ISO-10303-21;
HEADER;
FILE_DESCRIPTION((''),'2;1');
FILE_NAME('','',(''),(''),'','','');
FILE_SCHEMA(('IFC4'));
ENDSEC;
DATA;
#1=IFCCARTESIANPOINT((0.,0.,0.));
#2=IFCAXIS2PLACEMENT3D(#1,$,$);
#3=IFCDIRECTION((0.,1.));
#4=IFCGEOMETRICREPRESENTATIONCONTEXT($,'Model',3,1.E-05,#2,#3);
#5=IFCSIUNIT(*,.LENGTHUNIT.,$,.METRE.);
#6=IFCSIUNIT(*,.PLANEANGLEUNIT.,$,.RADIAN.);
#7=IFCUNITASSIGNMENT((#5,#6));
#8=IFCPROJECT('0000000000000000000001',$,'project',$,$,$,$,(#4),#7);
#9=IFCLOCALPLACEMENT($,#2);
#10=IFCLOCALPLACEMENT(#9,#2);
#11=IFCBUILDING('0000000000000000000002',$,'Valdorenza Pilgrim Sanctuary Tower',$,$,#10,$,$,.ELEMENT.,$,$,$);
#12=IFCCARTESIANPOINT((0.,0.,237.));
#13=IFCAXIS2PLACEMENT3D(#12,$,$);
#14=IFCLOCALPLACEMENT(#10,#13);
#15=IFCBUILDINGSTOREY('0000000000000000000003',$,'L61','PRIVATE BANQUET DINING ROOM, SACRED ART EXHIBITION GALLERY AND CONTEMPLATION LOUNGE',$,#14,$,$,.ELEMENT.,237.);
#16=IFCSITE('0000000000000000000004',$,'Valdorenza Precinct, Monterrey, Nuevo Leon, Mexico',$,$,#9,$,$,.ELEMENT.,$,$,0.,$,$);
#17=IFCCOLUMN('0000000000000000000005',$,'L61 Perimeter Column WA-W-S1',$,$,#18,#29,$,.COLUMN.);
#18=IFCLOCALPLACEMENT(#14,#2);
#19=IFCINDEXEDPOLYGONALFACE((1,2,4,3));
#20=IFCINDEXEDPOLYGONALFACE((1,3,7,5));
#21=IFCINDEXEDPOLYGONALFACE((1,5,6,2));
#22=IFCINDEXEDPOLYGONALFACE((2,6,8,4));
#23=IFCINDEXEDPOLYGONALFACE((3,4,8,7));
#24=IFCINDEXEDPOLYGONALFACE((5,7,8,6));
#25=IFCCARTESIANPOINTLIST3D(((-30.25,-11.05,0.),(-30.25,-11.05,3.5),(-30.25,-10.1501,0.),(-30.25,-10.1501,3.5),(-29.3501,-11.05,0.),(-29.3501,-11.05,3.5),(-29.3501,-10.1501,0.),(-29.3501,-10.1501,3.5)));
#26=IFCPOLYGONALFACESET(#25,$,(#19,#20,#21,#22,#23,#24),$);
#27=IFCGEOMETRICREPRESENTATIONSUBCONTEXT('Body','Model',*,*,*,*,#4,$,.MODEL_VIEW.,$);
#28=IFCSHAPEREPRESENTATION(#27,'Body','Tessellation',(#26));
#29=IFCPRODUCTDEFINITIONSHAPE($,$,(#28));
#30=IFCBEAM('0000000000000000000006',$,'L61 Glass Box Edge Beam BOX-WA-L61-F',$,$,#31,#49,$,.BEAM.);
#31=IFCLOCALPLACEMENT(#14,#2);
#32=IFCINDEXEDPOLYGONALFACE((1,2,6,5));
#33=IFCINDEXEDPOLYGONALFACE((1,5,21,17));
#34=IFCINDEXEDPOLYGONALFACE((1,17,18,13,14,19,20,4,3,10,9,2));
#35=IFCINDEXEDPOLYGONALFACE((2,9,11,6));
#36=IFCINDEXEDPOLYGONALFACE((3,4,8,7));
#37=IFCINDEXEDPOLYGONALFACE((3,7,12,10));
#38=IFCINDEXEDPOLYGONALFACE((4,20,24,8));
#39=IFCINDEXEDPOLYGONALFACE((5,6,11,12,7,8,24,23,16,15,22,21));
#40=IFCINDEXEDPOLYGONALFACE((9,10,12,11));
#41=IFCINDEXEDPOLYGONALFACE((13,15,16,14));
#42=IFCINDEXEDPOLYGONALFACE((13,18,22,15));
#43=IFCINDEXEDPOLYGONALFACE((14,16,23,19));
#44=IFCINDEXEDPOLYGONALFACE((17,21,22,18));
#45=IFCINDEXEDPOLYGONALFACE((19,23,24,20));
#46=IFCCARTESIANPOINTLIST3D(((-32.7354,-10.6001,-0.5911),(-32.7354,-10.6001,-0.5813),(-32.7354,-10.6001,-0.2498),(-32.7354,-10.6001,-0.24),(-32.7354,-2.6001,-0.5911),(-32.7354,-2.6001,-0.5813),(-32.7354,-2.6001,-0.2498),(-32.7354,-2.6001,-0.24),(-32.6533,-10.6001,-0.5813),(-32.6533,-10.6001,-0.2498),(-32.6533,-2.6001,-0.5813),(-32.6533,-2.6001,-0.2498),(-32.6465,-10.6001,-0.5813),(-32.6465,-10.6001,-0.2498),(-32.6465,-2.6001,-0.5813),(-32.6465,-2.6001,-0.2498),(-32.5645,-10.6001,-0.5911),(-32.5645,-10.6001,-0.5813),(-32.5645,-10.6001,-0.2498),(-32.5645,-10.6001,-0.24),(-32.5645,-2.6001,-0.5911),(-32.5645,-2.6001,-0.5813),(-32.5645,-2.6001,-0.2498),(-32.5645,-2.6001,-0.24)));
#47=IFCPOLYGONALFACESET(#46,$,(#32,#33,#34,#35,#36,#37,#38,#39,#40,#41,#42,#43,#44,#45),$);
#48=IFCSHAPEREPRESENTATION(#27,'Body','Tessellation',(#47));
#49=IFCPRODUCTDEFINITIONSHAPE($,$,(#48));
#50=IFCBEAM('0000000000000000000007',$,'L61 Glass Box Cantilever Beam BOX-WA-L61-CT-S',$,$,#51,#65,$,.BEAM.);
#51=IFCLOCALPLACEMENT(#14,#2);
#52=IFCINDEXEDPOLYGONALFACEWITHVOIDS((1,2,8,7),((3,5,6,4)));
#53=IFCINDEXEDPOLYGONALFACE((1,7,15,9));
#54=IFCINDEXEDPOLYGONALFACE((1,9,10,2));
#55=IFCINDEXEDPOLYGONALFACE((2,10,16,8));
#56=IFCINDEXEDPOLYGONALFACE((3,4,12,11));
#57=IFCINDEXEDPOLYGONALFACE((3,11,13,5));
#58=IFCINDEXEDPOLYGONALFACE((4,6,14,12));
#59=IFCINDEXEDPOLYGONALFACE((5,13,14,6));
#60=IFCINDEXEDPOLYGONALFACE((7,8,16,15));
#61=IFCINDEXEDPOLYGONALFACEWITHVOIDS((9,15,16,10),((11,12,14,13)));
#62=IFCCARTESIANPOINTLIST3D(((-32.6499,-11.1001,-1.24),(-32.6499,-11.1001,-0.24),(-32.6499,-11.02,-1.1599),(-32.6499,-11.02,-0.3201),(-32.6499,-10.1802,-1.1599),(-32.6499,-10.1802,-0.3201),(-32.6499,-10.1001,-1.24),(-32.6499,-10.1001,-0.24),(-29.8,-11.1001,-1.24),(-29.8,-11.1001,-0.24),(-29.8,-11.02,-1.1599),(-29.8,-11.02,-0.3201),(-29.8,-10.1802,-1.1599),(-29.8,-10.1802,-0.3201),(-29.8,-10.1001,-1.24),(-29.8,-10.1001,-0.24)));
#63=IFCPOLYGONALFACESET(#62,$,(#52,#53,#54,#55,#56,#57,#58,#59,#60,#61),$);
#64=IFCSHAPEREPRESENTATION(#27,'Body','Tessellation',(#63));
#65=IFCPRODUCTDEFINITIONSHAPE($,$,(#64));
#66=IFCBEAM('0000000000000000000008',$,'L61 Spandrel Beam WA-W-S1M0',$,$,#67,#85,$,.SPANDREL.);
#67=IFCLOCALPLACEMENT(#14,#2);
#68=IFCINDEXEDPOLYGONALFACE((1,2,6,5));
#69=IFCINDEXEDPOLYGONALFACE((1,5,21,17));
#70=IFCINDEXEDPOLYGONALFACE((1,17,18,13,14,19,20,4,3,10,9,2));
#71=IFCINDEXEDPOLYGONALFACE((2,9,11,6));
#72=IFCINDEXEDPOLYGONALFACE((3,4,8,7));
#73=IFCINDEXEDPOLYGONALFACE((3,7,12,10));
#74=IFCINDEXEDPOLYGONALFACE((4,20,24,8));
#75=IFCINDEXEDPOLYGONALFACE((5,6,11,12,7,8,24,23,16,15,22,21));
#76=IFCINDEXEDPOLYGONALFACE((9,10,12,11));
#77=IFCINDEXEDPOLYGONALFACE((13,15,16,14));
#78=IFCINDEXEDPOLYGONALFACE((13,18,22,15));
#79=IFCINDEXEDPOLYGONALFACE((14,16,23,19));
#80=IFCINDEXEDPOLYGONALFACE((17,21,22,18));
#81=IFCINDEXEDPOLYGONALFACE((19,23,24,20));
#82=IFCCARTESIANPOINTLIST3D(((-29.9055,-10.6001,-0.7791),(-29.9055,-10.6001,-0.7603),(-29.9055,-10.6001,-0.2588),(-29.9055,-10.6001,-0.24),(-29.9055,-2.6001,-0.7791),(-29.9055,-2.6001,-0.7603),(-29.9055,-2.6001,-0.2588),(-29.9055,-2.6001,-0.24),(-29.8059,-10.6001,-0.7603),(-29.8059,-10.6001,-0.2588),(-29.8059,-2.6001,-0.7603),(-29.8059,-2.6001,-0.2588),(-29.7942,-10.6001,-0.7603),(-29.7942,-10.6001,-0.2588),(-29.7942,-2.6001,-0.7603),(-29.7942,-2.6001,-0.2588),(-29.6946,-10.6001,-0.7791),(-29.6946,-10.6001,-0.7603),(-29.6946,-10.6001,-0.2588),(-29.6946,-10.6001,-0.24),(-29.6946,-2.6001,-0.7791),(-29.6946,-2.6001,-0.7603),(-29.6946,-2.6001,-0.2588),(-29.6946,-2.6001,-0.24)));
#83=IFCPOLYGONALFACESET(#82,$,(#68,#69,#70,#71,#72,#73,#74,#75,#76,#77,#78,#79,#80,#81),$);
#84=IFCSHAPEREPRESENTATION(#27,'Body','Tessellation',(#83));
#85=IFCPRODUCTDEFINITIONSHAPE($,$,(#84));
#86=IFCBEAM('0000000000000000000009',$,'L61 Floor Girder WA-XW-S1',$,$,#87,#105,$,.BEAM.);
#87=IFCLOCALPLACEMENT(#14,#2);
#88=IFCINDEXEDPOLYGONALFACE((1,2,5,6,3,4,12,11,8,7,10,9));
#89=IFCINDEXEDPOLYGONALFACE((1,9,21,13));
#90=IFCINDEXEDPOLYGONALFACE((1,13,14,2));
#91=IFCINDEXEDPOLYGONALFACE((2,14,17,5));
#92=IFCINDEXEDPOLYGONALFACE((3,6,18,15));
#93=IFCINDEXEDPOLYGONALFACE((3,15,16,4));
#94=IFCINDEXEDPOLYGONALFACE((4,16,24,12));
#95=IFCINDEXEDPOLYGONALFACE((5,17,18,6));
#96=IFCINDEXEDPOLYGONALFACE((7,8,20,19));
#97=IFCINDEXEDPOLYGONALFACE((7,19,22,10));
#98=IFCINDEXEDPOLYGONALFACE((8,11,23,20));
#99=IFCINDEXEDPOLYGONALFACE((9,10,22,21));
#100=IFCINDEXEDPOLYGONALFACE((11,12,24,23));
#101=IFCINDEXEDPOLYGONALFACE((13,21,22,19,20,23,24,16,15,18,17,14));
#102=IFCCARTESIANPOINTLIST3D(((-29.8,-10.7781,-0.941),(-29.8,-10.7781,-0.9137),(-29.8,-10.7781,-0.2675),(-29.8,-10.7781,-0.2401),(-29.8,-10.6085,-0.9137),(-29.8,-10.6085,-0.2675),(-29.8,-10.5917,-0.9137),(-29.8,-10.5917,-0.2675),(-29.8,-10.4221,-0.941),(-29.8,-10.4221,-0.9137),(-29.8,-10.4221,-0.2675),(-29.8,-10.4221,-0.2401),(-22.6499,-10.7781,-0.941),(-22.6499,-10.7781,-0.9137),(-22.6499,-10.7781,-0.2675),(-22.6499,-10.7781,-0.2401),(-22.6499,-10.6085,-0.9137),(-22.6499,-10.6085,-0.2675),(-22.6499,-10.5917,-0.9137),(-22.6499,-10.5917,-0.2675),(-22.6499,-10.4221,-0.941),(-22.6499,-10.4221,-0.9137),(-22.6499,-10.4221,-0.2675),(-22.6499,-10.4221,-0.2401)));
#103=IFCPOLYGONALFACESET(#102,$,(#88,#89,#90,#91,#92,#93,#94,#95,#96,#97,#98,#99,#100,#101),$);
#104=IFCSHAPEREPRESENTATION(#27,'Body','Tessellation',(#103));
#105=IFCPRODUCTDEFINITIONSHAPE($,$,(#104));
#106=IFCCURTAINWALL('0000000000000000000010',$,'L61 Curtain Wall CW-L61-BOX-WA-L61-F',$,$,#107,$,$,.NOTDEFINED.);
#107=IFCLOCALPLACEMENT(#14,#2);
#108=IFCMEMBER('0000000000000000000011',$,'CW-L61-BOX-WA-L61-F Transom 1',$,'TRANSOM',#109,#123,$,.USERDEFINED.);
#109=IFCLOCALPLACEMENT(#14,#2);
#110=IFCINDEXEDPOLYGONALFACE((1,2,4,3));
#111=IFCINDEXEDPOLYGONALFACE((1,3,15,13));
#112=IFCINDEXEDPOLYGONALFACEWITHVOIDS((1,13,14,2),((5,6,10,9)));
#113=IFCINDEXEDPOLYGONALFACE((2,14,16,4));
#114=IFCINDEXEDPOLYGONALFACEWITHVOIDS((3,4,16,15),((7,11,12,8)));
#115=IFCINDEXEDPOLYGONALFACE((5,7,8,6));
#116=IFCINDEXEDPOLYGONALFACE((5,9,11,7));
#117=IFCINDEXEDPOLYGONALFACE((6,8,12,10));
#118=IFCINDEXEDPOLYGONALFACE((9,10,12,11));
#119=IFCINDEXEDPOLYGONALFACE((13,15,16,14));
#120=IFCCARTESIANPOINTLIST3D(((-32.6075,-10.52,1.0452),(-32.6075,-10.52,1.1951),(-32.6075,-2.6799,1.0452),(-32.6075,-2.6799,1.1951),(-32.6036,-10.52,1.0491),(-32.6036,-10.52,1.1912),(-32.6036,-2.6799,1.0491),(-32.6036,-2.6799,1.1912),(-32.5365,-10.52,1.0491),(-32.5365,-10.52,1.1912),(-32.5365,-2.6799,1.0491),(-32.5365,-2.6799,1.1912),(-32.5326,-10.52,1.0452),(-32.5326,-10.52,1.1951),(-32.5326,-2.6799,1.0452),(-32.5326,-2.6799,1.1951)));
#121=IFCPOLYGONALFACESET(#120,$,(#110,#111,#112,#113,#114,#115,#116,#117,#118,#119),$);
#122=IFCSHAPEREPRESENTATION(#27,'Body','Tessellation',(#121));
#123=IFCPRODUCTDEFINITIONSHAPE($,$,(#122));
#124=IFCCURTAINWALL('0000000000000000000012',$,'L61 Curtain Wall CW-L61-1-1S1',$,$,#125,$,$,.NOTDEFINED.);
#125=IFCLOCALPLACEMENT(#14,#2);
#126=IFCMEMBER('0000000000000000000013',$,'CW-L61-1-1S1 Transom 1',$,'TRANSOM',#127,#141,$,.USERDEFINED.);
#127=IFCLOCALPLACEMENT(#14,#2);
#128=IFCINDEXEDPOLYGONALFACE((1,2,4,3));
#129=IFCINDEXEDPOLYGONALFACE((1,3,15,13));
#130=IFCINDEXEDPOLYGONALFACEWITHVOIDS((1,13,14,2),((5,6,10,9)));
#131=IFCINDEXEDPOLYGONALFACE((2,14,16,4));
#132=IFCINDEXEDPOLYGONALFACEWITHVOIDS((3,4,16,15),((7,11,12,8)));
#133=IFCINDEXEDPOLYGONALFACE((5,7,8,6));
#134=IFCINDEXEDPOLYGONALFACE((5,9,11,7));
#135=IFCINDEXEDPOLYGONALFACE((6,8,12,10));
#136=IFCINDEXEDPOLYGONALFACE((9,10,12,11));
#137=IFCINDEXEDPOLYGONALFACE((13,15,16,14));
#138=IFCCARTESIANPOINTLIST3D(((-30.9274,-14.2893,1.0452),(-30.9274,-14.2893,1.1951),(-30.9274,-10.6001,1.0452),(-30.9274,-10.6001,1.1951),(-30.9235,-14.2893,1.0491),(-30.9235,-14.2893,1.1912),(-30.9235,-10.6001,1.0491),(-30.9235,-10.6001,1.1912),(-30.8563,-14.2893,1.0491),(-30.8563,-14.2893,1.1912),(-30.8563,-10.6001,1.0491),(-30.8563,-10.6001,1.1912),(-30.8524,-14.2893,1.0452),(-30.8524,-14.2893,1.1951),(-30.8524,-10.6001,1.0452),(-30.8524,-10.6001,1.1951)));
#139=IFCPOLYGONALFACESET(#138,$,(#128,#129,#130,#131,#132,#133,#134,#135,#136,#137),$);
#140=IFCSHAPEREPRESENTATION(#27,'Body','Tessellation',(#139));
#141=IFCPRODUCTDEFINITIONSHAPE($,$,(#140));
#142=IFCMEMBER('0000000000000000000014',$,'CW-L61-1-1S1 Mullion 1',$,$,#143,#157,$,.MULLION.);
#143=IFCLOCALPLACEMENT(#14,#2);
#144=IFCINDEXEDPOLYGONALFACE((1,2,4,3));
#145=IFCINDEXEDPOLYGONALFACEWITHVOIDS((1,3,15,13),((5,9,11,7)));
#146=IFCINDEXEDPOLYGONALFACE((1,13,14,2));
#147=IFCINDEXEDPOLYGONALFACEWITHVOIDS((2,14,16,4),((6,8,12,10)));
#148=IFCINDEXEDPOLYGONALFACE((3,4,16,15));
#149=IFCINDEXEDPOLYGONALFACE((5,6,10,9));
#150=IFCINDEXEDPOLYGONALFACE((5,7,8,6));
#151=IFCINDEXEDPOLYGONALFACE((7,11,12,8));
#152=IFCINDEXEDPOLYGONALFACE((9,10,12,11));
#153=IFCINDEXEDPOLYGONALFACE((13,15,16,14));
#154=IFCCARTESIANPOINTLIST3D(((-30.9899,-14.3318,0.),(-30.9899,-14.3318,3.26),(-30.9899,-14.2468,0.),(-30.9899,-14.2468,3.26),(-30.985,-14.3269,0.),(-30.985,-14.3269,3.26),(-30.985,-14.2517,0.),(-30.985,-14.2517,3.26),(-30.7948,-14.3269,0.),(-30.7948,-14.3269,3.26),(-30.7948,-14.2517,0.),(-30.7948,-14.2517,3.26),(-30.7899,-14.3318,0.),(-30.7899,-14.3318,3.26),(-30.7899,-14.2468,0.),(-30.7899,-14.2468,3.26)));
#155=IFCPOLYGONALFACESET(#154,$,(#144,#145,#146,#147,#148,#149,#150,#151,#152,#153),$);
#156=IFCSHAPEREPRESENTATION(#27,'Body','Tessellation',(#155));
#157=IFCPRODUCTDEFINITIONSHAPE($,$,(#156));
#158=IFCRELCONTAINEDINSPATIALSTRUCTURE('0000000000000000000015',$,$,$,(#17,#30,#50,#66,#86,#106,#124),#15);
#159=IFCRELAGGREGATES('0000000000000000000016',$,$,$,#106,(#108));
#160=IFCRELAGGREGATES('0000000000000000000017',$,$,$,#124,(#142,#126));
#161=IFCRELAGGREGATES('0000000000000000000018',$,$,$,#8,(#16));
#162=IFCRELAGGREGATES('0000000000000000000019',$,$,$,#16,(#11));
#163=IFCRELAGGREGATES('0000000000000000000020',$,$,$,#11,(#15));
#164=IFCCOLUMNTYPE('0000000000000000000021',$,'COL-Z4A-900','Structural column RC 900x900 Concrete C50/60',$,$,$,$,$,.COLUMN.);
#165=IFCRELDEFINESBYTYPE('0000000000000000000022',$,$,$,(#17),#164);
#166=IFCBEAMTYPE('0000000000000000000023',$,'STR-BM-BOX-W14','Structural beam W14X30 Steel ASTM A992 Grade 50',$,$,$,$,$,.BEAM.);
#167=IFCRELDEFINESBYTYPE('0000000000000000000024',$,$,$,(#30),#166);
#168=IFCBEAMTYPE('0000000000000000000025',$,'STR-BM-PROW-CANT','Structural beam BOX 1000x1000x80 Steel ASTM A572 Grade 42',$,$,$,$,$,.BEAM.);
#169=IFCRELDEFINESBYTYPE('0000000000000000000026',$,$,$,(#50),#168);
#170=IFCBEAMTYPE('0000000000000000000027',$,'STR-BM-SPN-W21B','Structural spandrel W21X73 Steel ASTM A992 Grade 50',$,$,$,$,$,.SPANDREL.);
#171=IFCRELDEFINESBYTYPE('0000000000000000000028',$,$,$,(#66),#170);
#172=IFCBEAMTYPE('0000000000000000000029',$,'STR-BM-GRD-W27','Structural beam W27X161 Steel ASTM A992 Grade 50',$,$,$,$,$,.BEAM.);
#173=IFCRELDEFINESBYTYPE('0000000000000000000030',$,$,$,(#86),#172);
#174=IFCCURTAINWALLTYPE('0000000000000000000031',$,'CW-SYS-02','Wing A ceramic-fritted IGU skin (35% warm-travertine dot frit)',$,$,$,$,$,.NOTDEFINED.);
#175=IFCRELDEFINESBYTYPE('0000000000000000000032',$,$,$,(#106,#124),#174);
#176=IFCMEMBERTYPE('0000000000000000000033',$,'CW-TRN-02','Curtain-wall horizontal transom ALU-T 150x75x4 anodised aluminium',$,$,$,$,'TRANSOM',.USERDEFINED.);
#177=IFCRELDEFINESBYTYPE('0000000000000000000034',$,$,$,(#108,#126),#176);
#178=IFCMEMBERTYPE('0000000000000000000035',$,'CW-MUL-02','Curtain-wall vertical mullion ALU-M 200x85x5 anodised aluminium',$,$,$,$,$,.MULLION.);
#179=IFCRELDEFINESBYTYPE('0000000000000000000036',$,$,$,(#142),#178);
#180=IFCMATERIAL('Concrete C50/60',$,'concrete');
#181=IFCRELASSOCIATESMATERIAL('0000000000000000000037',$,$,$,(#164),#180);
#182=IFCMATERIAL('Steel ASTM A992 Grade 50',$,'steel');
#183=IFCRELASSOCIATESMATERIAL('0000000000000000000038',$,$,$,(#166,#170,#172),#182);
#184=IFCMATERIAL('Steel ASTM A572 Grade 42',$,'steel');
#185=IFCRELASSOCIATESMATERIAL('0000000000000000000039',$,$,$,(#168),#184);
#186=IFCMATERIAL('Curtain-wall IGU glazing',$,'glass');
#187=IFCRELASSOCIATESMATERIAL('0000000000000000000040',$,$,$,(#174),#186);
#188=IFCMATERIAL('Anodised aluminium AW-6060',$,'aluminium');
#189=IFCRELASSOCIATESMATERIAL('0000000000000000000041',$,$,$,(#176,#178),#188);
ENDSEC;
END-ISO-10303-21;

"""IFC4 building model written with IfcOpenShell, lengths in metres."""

from ifc_helpers import new_model, si_unit, direction, frame, origin, origin_2d, place, context, subcontext, project, spatial, rectangle, hollow_rectangle, i_section, extrude, source, transform, mapped, material, material_profile, profile_set, type_object, element, aggregate, save


model = new_model("IFC4")

# Units and contexts
model_context = context("Model", 3, precision=1e-05, world=origin(), true_north=direction((0.0, 1.0)))
body_context = subcontext(model_context, "Body", "Model", "MODEL_VIEW")
ifc_project = project(units=[si_unit("LENGTHUNIT", "METRE"), si_unit("PLANEANGLEUNIT", "RADIAN")], contexts=[model_context])

# Site, building, storey
site_placement = place(None, origin())
site = spatial("IfcSite", under=ifc_project, at=site_placement, Name="Valdorenza Precinct, Monterrey, Nuevo Leon, Mexico", CompositionType="ELEMENT", RefElevation=0.0)
building_placement = place(site_placement, origin())
building = spatial("IfcBuilding", under=site, at=building_placement, Name="Valdorenza Pilgrim Sanctuary Tower", CompositionType="ELEMENT")
storey_placement = place(building_placement, frame((0.0, 0.0, 237.0)))
storey = spatial("IfcBuildingStorey", under=building, at=storey_placement, Name="L61", Description="PRIVATE BANQUET DINING ROOM, SACRED ART EXHIBITION GALLERY AND CONTEMPLATION LOUNGE", CompositionType="ELEMENT", Elevation=237.0)

# Column
ifc_material_1 = material(Name="Concrete C50/60", Category="concrete")
ifc_material_profile_1 = material_profile(ifc_material_1, rectangle(XDim=0.8999, YDim=0.8999, at=origin_2d()), Name="RC 900x900")
ifc_profile_set_1 = profile_set([ifc_material_profile_1], Name="Concrete C50/60")
column_type = type_object("IfcColumnType", Name="COL-Z4A-900", Description="Structural column RC 900x900 Concrete C50/60", PredefinedType="COLUMN", material=ifc_profile_set_1)
shared_shape_1 = source(origin(), body_context, "Body", "SweptSolid", [
    extrude(rectangle(XDim=0.8999, YDim=0.8999, at=origin_2d()), origin(), (0.0, 0.0, 1.0), 3.5),
])
column_placement = place(storey_placement, frame((-29.8, -10.6001, 0.0), z_axis=(0.0, 0.0, 1.0), x_axis=(1.0, 0.0, 0.0)))
element("IfcColumn", 1, at=column_placement, inside=storey, type_object=column_type, Name="L61 Perimeter Column WA-W-S1", PredefinedType="COLUMN", context=body_context, shape_type="MappedRepresentation", body=[
    mapped(shared_shape_1, transform((0.0, 0.0, 0.0), x_axis=(1.0, 0.0, 0.0), y_axis=(0.0, 1.0, 0.0), z_axis=(0.0, 0.0, 1.0), scale=1.0)),
])

# Beams
ifc_material_2 = material(Name="Steel ASTM A992 Grade 50", Category="steel")
ifc_material_profile_2 = material_profile(ifc_material_2, i_section(OverallWidth=0.1709, OverallDepth=0.3511, WebThickness=0.0068, FlangeThickness=0.0098, at=origin_2d()), Name="W14X30")
ifc_profile_set_2 = profile_set([ifc_material_profile_2], Name="Steel ASTM A992 Grade 50")
beam_type_1 = type_object("IfcBeamType", Name="STR-BM-BOX-W14", Description="Structural beam W14X30 Steel ASTM A992 Grade 50", PredefinedType="BEAM", material=ifc_profile_set_2)
shared_shape_2 = source(origin(), body_context, "Body", "SweptSolid", [
    extrude(i_section(OverallWidth=0.1709, OverallDepth=0.3511, WebThickness=0.0068, FlangeThickness=0.0098, at=origin_2d()), origin(), (0.0, 0.0, 1.0), 8.0),
])
beam_1_placement = place(storey_placement, frame((-32.6499, -10.6001, -0.4155), z_axis=(0.0, 1.0, 0.0), x_axis=(-1.0, 0.0, 0.0)))
element("IfcBeam", 2, at=beam_1_placement, inside=storey, type_object=beam_type_1, Name="L61 Glass Box Edge Beam BOX-WA-L61-F", PredefinedType="BEAM", context=body_context, shape_type="MappedRepresentation", body=[
    mapped(shared_shape_2, transform((0.0, 0.0, 0.0), x_axis=(1.0, 0.0, 0.0), y_axis=(0.0, 1.0, 0.0), z_axis=(0.0, 0.0, 1.0), scale=1.0)),
])
ifc_material_3 = material(Name="Steel ASTM A572 Grade 42", Category="steel")
ifc_material_profile_3 = material_profile(ifc_material_3, hollow_rectangle(XDim=1.0, YDim=1.0, WallThickness=0.0801, at=origin_2d()), Name="BOX 1000x1000x80")
ifc_profile_set_3 = profile_set([ifc_material_profile_3], Name="Steel ASTM A572 Grade 42")
beam_type_2 = type_object("IfcBeamType", Name="STR-BM-PROW-CANT", Description="Structural beam BOX 1000x1000x80 Steel ASTM A572 Grade 42", PredefinedType="BEAM", material=ifc_profile_set_3)
shared_shape_3 = source(origin(), body_context, "Body", "SweptSolid", [
    extrude(hollow_rectangle(XDim=1.0, YDim=1.0, WallThickness=0.0801, at=origin_2d()), origin(), (0.0, 0.0, 1.0), 2.8499),
])
beam_2_placement = place(storey_placement, frame((-29.8, -10.6001, -0.74), z_axis=(-1.0, 0.0, 0.0), x_axis=(0.0, -1.0, 0.0)))
element("IfcBeam", 3, at=beam_2_placement, inside=storey, type_object=beam_type_2, Name="L61 Glass Box Cantilever Beam BOX-WA-L61-CT-S", PredefinedType="BEAM", context=body_context, shape_type="MappedRepresentation", body=[
    mapped(shared_shape_3, transform((0.0, 0.0, 0.0), x_axis=(1.0, 0.0, 0.0), y_axis=(0.0, 1.0, 0.0), z_axis=(0.0, 0.0, 1.0), scale=1.0)),
])
ifc_material_profile_4 = material_profile(ifc_material_2, i_section(OverallWidth=0.2109, OverallDepth=0.5391, WebThickness=0.0117, FlangeThickness=0.0188, at=origin_2d()), Name="W21X73")
ifc_profile_set_4 = profile_set([ifc_material_profile_4], Name="Steel ASTM A992 Grade 50")
beam_type_3 = type_object("IfcBeamType", Name="STR-BM-SPN-W21B", Description="Structural spandrel W21X73 Steel ASTM A992 Grade 50", PredefinedType="SPANDREL", material=ifc_profile_set_4)
shared_shape_4 = source(origin(), body_context, "Body", "SweptSolid", [
    extrude(i_section(OverallWidth=0.2109, OverallDepth=0.5391, WebThickness=0.0117, FlangeThickness=0.0188, at=origin_2d()), origin(), (0.0, 0.0, 1.0), 8.0),
])
beam_3_placement = place(storey_placement, frame((-29.8, -10.6001, -0.5095), z_axis=(0.0, 1.0, 0.0), x_axis=(-1.0, 0.0, 0.0)))
element("IfcBeam", 4, at=beam_3_placement, inside=storey, type_object=beam_type_3, Name="L61 Spandrel Beam WA-W-S1M0", PredefinedType="SPANDREL", context=body_context, shape_type="MappedRepresentation", body=[
    mapped(shared_shape_4, transform((0.0, 0.0, 0.0), x_axis=(1.0, 0.0, 0.0), y_axis=(0.0, 1.0, 0.0), z_axis=(0.0, 0.0, 1.0), scale=1.0)),
])
ifc_material_profile_5 = material_profile(ifc_material_2, i_section(OverallWidth=0.356, OverallDepth=0.7009, WebThickness=0.0168, FlangeThickness=0.0273, at=origin_2d()), Name="W27X161")
ifc_profile_set_5 = profile_set([ifc_material_profile_5], Name="Steel ASTM A992 Grade 50")
beam_type_4 = type_object("IfcBeamType", Name="STR-BM-GRD-W27", Description="Structural beam W27X161 Steel ASTM A992 Grade 50", PredefinedType="BEAM", material=ifc_profile_set_5)
shared_shape_5 = source(origin(), body_context, "Body", "SweptSolid", [
    extrude(i_section(OverallWidth=0.356, OverallDepth=0.7009, WebThickness=0.0168, FlangeThickness=0.0273, at=origin_2d()), origin(), (0.0, 0.0, 1.0), 7.1501),
])
beam_4_placement = place(storey_placement, frame((-29.8, -10.6001, -0.5906), z_axis=(1.0, 0.0, 0.0), x_axis=(0.0, 1.0, 0.0)))
element("IfcBeam", 5, at=beam_4_placement, inside=storey, type_object=beam_type_4, Name="L61 Floor Girder WA-XW-S1", PredefinedType="BEAM", context=body_context, shape_type="MappedRepresentation", body=[
    mapped(shared_shape_5, transform((0.0, 0.0, 0.0), x_axis=(1.0, 0.0, 0.0), y_axis=(0.0, 1.0, 0.0), z_axis=(0.0, 0.0, 1.0), scale=1.0)),
])

# Curtain wall, member
ifc_material_4 = material(Name="Curtain-wall IGU glazing", Category="glass")
curtain_wall_type = type_object("IfcCurtainWallType", Name="CW-SYS-02", Description="Wing A ceramic-fritted IGU skin (35% warm-travertine dot frit)", PredefinedType="NOTDEFINED", material=ifc_material_4)
curtain_wall_1_placement = place(storey_placement, origin())
curtain_wall_1 = element("IfcCurtainWall", 6, at=curtain_wall_1_placement, inside=storey, type_object=curtain_wall_type, Name="L61 Curtain Wall CW-L61-BOX-WA-L61-F", PredefinedType="NOTDEFINED")
ifc_material_5 = material(Name="Anodised aluminium AW-6060", Category="aluminium")
ifc_material_profile_6 = material_profile(ifc_material_5, hollow_rectangle(XDim=0.075, YDim=0.1499, WallThickness=0.0039, at=origin_2d()), Name="ALU-T 150x75x4")
ifc_profile_set_6 = profile_set([ifc_material_profile_6], Name="Anodised aluminium AW-6060")
member_type_1 = type_object("IfcMemberType", Name="CW-TRN-02", Description="Curtain-wall horizontal transom ALU-T 150x75x4 anodised aluminium", ElementType="TRANSOM", PredefinedType="USERDEFINED", material=ifc_profile_set_6)
shared_shape_6 = source(origin(), body_context, "Body", "SweptSolid", [
    extrude(hollow_rectangle(XDim=0.075, YDim=0.1499, WallThickness=0.0039, at=origin_2d()), origin(), (0.0, 0.0, 1.0), 7.8401),
])
member_1_placement = place(storey_placement, frame((-32.5701, -10.52, 1.1201), z_axis=(0.0, 1.0, 0.0), x_axis=(-1.0, 0.0, 0.0)))
member_1 = element("IfcMember", 7, at=member_1_placement, type_object=member_type_1, Name="CW-L61-BOX-WA-L61-F Transom 1", ObjectType="TRANSOM", PredefinedType="USERDEFINED", context=body_context, shape_type="MappedRepresentation", body=[
    mapped(shared_shape_6, transform((0.0, 0.0, 0.0), x_axis=(1.0, 0.0, 0.0), y_axis=(0.0, 1.0, 0.0), z_axis=(0.0, 0.0, 1.0), scale=1.0)),
])
aggregate(curtain_wall_1, [member_1])

# Curtain wall, members
curtain_wall_2_placement = place(storey_placement, origin())
curtain_wall_2 = element("IfcCurtainWall", 8, at=curtain_wall_2_placement, inside=storey, type_object=curtain_wall_type, Name="L61 Curtain Wall CW-L61-1-1S1", PredefinedType="NOTDEFINED")
shared_shape_7 = source(origin(), body_context, "Body", "SweptSolid", [
    extrude(hollow_rectangle(XDim=0.075, YDim=0.1499, WallThickness=0.0039, at=origin_2d()), origin(), (0.0, 0.0, 1.0), 3.6892),
])
member_2_placement = place(storey_placement, frame((-30.8899, -14.2893, 1.1201), z_axis=(0.0, 1.0, 0.0), x_axis=(-1.0, 0.0, 0.0)))
member_2 = element("IfcMember", 9, at=member_2_placement, type_object=member_type_1, Name="CW-L61-1-1S1 Transom 1", ObjectType="TRANSOM", PredefinedType="USERDEFINED", context=body_context, shape_type="MappedRepresentation", body=[
    mapped(shared_shape_7, transform((0.0, 0.0, 0.0), x_axis=(1.0, 0.0, 0.0), y_axis=(0.0, 1.0, 0.0), z_axis=(0.0, 0.0, 1.0), scale=1.0)),
])
ifc_material_profile_7 = material_profile(ifc_material_5, hollow_rectangle(XDim=0.085, YDim=0.2, WallThickness=0.0049, at=origin_2d()), Name="ALU-M 200x85x5")
ifc_profile_set_7 = profile_set([ifc_material_profile_7], Name="Anodised aluminium AW-6060")
member_type_2 = type_object("IfcMemberType", Name="CW-MUL-02", Description="Curtain-wall vertical mullion ALU-M 200x85x5 anodised aluminium", PredefinedType="MULLION", material=ifc_profile_set_7)
shared_shape_8 = source(origin(), body_context, "Body", "SweptSolid", [
    extrude(hollow_rectangle(XDim=0.085, YDim=0.2, WallThickness=0.0049, at=origin_2d()), origin(), (0.0, 0.0, 1.0), 3.26),
])
member_3_placement = place(storey_placement, frame((-30.8899, -14.2893, 0.0), z_axis=(0.0, 0.0, 1.0), x_axis=(0.0, 1.0, 0.0)))
member_3 = element("IfcMember", 10, at=member_3_placement, type_object=member_type_2, Name="CW-L61-1-1S1 Mullion 1", PredefinedType="MULLION", context=body_context, shape_type="MappedRepresentation", body=[
    mapped(shared_shape_8, transform((0.0, 0.0, 0.0), x_axis=(1.0, 0.0, 0.0), y_axis=(0.0, 1.0, 0.0), z_axis=(0.0, 0.0, 1.0), scale=1.0)),
])

aggregate(curtain_wall_2, [member_3, member_2])

save(model, "model.ifc")
